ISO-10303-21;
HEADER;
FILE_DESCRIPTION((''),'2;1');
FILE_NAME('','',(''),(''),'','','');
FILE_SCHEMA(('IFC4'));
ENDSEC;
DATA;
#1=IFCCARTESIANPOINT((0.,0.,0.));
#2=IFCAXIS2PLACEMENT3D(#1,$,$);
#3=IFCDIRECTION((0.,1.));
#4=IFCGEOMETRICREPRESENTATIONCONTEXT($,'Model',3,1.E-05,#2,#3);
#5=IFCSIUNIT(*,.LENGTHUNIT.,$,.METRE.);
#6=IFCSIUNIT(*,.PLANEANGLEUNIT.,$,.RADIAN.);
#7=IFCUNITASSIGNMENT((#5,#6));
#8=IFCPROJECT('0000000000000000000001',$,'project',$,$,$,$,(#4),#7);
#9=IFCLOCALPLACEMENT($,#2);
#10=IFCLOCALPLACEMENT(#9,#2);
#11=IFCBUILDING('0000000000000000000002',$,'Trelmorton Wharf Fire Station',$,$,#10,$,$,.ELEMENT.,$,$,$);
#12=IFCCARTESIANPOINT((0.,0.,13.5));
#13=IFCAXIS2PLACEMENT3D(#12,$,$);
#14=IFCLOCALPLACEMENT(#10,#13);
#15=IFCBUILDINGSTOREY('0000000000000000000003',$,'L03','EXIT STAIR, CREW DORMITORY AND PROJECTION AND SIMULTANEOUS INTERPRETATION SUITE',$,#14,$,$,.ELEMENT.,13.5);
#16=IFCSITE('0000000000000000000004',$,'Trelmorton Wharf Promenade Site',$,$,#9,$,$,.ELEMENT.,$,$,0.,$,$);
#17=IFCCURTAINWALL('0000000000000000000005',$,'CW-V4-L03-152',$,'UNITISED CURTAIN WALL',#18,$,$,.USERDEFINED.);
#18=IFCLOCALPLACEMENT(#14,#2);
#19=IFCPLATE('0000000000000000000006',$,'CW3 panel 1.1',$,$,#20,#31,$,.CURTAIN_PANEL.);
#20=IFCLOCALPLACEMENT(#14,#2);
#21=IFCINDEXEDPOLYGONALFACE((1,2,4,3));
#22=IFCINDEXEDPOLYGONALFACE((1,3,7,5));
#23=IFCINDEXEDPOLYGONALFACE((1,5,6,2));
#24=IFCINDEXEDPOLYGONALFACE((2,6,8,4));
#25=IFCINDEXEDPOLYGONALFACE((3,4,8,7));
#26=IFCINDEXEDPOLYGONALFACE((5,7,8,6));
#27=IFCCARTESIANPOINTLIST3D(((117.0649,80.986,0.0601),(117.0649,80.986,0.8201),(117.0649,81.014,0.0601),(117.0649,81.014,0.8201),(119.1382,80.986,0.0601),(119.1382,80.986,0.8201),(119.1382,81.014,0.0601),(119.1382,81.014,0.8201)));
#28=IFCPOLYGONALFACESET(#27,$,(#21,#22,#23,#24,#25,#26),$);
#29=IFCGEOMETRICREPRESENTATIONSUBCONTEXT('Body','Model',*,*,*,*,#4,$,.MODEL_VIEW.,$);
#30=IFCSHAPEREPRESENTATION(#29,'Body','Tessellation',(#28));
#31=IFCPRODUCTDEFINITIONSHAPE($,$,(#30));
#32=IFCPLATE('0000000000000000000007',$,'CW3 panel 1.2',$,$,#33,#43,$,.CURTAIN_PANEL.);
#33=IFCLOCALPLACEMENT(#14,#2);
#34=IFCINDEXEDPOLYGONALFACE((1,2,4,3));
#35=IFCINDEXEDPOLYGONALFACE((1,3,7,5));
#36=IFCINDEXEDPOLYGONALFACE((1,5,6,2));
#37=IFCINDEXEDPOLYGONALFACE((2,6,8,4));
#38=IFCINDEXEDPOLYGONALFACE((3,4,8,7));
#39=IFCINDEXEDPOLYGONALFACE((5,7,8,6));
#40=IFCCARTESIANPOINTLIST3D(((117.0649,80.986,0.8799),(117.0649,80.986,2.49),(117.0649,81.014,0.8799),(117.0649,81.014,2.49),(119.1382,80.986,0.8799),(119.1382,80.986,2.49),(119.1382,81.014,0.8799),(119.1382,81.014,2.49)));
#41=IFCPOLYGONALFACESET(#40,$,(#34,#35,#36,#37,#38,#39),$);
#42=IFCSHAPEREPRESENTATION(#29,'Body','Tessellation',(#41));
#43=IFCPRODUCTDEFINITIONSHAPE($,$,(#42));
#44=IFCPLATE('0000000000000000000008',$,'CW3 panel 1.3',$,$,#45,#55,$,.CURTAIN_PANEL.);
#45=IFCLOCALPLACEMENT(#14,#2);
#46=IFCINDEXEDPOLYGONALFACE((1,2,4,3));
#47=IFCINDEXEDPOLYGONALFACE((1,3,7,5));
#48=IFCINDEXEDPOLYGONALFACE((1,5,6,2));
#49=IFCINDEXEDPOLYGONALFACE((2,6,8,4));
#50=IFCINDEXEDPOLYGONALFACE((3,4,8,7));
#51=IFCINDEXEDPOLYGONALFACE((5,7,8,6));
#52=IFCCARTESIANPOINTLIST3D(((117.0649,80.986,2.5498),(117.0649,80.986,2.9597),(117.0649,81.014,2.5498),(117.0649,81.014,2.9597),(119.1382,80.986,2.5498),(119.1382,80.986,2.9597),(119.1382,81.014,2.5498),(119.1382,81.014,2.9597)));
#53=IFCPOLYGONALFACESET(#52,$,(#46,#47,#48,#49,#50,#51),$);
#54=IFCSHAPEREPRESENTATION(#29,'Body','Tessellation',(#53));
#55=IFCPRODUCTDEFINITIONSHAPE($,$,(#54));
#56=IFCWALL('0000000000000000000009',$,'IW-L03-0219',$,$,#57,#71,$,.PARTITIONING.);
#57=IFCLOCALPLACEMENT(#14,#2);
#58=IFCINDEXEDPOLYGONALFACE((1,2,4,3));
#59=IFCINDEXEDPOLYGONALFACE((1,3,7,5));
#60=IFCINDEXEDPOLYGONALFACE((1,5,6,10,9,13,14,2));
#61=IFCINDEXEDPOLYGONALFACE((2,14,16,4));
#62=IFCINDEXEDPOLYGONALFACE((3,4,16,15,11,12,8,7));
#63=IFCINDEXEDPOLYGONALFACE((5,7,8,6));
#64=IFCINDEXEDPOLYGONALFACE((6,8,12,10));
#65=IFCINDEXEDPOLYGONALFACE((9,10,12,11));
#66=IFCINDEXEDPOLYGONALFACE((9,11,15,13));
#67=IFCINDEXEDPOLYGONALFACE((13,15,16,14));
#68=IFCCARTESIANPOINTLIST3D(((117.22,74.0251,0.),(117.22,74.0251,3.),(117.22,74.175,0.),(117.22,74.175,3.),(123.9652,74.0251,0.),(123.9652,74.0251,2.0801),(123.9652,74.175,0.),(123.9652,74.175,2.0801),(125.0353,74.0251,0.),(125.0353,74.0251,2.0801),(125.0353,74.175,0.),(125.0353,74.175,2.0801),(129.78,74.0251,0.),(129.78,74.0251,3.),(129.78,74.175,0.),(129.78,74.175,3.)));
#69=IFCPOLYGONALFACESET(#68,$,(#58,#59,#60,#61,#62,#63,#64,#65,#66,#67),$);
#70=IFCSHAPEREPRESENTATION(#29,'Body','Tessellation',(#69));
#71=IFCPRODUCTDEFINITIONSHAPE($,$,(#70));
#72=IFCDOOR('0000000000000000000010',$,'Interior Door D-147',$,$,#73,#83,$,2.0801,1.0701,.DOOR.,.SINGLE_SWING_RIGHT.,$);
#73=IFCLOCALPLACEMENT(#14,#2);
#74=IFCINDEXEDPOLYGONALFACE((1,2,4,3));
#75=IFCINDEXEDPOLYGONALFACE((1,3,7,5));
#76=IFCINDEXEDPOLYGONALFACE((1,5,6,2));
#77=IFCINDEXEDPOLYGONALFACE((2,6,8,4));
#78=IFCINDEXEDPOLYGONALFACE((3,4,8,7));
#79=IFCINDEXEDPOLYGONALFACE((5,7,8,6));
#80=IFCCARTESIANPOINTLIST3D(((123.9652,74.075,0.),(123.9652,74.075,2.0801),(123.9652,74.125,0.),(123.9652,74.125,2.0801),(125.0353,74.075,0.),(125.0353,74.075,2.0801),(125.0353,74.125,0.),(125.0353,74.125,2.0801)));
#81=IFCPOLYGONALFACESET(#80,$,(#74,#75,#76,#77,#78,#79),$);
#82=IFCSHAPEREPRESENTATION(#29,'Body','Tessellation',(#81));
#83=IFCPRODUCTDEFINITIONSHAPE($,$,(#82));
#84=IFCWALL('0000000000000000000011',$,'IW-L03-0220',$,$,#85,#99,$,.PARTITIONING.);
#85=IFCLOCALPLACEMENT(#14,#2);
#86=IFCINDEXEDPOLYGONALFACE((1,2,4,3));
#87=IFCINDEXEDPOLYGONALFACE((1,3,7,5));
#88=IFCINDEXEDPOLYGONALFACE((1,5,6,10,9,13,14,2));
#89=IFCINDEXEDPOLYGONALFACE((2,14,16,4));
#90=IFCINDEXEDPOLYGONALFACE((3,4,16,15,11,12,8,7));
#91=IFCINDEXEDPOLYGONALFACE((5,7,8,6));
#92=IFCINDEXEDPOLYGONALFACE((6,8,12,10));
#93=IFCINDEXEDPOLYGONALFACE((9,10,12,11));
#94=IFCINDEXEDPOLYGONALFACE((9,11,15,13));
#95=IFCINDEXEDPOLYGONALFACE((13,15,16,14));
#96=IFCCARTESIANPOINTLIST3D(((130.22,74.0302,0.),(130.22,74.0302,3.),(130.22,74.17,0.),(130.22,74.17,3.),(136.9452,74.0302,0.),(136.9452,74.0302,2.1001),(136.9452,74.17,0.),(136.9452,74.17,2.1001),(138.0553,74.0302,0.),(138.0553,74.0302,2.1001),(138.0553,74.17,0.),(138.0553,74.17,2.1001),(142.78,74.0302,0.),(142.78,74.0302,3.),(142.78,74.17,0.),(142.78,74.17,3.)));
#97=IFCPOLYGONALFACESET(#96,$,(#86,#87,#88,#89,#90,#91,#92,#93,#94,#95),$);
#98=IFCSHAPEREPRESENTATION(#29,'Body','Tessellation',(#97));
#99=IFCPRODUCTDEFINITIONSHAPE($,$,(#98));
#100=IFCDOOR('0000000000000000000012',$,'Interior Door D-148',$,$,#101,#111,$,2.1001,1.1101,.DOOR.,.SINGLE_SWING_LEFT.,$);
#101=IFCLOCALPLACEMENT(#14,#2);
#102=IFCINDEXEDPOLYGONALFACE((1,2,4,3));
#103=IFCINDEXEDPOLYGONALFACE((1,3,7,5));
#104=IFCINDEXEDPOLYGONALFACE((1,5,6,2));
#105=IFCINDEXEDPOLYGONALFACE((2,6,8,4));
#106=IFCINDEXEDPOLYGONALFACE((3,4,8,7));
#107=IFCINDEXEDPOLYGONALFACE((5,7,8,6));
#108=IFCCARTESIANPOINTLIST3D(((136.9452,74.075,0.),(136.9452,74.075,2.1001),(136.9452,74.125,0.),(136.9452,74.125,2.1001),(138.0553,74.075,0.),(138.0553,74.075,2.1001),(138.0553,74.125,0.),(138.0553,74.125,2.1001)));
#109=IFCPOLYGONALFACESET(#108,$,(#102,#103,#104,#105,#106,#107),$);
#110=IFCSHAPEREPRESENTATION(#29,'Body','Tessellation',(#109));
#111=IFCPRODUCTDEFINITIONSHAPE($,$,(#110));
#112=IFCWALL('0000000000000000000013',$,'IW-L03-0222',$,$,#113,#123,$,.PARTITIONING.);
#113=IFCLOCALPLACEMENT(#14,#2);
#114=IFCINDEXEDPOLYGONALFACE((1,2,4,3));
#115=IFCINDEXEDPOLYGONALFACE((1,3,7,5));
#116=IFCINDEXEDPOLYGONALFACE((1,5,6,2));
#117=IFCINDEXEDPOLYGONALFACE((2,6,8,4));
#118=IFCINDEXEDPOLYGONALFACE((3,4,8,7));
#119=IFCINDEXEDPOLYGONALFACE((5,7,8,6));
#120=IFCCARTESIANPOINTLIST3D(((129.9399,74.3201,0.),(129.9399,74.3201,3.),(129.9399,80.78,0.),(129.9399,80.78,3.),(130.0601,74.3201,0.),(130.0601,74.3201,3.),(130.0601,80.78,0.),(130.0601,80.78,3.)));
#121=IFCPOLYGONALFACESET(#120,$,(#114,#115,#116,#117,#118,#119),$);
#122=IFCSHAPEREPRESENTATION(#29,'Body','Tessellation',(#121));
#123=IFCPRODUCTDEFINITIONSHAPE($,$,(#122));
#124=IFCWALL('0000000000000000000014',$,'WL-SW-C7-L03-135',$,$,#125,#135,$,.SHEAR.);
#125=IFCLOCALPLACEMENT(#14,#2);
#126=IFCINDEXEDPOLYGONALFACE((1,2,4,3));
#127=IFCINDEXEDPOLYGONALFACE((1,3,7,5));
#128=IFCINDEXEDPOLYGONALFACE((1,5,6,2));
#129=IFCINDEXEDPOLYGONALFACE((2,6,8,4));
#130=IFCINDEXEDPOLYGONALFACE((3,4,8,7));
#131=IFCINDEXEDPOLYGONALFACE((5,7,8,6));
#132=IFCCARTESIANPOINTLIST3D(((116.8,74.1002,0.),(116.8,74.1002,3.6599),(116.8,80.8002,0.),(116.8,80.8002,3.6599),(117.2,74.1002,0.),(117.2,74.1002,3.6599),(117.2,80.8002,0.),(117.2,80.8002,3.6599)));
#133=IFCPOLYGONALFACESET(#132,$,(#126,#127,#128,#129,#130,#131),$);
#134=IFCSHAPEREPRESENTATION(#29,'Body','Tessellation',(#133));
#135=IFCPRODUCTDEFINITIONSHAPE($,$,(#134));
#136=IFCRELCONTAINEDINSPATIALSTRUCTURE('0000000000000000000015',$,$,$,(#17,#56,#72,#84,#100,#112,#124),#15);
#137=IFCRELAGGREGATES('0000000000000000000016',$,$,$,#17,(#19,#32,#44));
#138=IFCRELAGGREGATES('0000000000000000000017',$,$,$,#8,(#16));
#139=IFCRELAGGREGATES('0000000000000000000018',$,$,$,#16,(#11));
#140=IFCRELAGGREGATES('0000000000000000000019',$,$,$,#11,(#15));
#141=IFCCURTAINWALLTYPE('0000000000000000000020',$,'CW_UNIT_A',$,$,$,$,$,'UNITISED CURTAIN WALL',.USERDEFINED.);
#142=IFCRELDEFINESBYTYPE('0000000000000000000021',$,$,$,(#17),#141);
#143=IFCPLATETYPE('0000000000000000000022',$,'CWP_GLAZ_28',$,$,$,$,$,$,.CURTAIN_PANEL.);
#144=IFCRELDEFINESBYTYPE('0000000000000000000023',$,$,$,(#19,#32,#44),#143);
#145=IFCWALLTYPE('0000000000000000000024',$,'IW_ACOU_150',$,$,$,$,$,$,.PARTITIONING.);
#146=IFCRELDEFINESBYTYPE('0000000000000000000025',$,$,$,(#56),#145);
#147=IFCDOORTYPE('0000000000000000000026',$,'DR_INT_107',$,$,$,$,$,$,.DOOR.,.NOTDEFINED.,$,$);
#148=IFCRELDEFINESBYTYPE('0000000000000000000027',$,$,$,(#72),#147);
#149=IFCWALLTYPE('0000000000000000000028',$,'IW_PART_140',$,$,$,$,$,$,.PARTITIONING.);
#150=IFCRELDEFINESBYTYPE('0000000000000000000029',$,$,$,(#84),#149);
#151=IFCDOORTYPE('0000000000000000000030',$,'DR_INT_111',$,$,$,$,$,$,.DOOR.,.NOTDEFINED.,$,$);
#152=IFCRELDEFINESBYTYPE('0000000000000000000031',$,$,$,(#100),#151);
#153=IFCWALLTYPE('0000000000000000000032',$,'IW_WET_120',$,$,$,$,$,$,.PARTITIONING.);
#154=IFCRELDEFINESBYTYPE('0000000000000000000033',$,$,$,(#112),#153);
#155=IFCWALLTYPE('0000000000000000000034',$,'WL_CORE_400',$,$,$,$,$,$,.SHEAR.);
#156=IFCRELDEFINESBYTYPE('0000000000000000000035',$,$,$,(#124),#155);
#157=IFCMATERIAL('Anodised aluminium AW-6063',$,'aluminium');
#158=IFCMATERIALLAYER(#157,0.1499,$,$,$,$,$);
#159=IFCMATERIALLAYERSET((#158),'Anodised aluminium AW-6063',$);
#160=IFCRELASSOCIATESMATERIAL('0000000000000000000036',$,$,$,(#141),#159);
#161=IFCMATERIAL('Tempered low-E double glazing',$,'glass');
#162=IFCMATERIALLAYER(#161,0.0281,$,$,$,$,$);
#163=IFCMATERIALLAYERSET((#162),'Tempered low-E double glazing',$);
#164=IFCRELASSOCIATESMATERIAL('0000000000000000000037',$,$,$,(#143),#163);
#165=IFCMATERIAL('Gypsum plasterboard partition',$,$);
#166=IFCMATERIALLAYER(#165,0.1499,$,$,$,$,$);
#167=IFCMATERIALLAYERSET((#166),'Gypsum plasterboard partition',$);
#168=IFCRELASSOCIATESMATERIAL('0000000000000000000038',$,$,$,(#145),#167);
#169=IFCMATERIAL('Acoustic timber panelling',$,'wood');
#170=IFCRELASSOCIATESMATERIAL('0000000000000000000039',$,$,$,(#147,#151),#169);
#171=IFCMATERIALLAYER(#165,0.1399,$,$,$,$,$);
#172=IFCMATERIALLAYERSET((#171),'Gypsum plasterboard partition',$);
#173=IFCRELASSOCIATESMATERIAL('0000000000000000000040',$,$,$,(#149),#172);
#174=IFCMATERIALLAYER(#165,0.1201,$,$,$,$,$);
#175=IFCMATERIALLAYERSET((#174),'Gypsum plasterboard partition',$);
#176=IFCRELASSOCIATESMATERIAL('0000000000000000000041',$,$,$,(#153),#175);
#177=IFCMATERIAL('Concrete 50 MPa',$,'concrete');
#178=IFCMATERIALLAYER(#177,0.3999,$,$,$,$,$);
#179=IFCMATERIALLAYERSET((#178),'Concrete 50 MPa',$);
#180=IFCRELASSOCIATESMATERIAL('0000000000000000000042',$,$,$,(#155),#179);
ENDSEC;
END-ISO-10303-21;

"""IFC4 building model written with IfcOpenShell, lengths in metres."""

from ifc_helpers import new_model, si_unit, direction, frame, frame_2d, origin, origin_2d, place, context, subcontext, project, spatial, rectangle, extrude, material, layer, layer_set, type_object, element, fill, aggregate, save


model = new_model("IFC4")

# Units and contexts
model_context = context("Model", 3, precision=1e-05, world=origin(), true_north=direction((0.0, 1.0)))
body_context = subcontext(model_context, "Body", "Model", "MODEL_VIEW")
ifc_project = project(units=[si_unit("LENGTHUNIT", "METRE"), si_unit("PLANEANGLEUNIT", "RADIAN")], contexts=[model_context])

# Site, building, storey
site_placement = place(None, origin())
site = spatial("IfcSite", under=ifc_project, at=site_placement, Name="Trelmorton Wharf Promenade Site", CompositionType="ELEMENT", RefElevation=0.0)
building_placement = place(site_placement, origin())
building = spatial("IfcBuilding", under=site, at=building_placement, Name="Trelmorton Wharf Fire Station", CompositionType="ELEMENT")
storey_placement = place(building_placement, frame((0.0, 0.0, 13.5)))
storey = spatial("IfcBuildingStorey", under=building, at=storey_placement, Name="L03", Description="EXIT STAIR, CREW DORMITORY AND PROJECTION AND SIMULTANEOUS INTERPRETATION SUITE", CompositionType="ELEMENT", Elevation=13.5)

# Curtain wall
ifc_material_1 = material(Name="Anodised aluminium AW-6063", Category="aluminium")
ifc_layer_1 = layer(ifc_material_1, 0.1499)
ifc_layer_set_1 = layer_set([ifc_layer_1], Name="Anodised aluminium AW-6063")
curtain_wall_type = type_object("IfcCurtainWallType", Name="CW_UNIT_A", ElementType="UNITISED CURTAIN WALL", PredefinedType="USERDEFINED", material=ifc_layer_set_1)
curtain_wall_placement = place(storey_placement, origin())
curtain_wall = element("IfcCurtainWall", 1, at=curtain_wall_placement, inside=storey, type_object=curtain_wall_type, Name="CW-V4-L03-152", ObjectType="UNITISED CURTAIN WALL", PredefinedType="USERDEFINED")

# Plates
ifc_material_2 = material(Name="Tempered low-E double glazing", Category="glass")
ifc_layer_2 = layer(ifc_material_2, 0.0281)
ifc_layer_set_2 = layer_set([ifc_layer_2], Name="Tempered low-E double glazing")
plate_type = type_object("IfcPlateType", Name="CWP_GLAZ_28", PredefinedType="CURTAIN_PANEL", material=ifc_layer_set_2)
plate_1_placement = place(storey_placement, frame((118.1016, 81.0, 0.0601), z_axis=(0.0, 0.0, 1.0), x_axis=(1.0, 0.0, 0.0)))
plate_1 = element("IfcPlate", 2, at=plate_1_placement, type_object=plate_type, Name="CW3 panel 1.1", PredefinedType="CURTAIN_PANEL", context=body_context, shape_type="SweptSolid", body=[
    extrude(rectangle(XDim=2.0732, YDim=0.0281, at=origin_2d()), origin(), (0.0, 0.0, 1.0), 0.76),
])
plate_2_placement = place(storey_placement, frame((118.1016, 81.0, 0.8799), z_axis=(0.0, 0.0, 1.0), x_axis=(1.0, 0.0, 0.0)))
plate_2 = element("IfcPlate", 3, at=plate_2_placement, type_object=plate_type, Name="CW3 panel 1.2", PredefinedType="CURTAIN_PANEL", context=body_context, shape_type="SweptSolid", body=[
    extrude(rectangle(XDim=2.0732, YDim=0.0281, at=origin_2d()), origin(), (0.0, 0.0, 1.0), 1.6101),
])
plate_3_placement = place(storey_placement, frame((118.1016, 81.0, 2.5498), z_axis=(0.0, 0.0, 1.0), x_axis=(1.0, 0.0, 0.0)))
plate_3 = element("IfcPlate", 4, at=plate_3_placement, type_object=plate_type, Name="CW3 panel 1.3", PredefinedType="CURTAIN_PANEL", context=body_context, shape_type="SweptSolid", body=[
    extrude(rectangle(XDim=2.0732, YDim=0.0281, at=origin_2d()), origin(), (0.0, 0.0, 1.0), 0.4099),
])
aggregate(curtain_wall, [plate_1, plate_2, plate_3])

# Walls, openings, doors
ifc_material_3 = material(Name="Gypsum plasterboard partition")
ifc_layer_3 = layer(ifc_material_3, 0.1499)
ifc_layer_set_3 = layer_set([ifc_layer_3], Name="Gypsum plasterboard partition")
wall_type_1 = type_object("IfcWallType", Name="IW_ACOU_150", PredefinedType="PARTITIONING", material=ifc_layer_set_3)
wall_1_placement = place(storey_placement, frame((117.22, 74.1001, 0.0), z_axis=(0.0, 0.0, 1.0), x_axis=(1.0, 0.0, 0.0)))
wall_1 = element("IfcWall", 5, at=wall_1_placement, inside=storey, type_object=wall_type_1, Name="IW-L03-0219", PredefinedType="PARTITIONING", context=body_context, shape_type="SweptSolid", body=[
    extrude(rectangle(XDim=12.5601, YDim=0.1499, at=frame_2d((6.28, 0.0))), origin(), (0.0, 0.0, 1.0), 3.0),
])
opening_1_placement = place(wall_1_placement, frame((6.7451, 0.0, 0.0)))
opening_1 = element("IfcOpeningElement", 6, at=opening_1_placement, cuts=wall_1, PredefinedType="OPENING", context=body_context, shape_type="SweptSolid", body=[
    extrude(rectangle(XDim=1.0701, YDim=2.0801, at=frame_2d((0.5352, 1.04))), frame((0.0, 0.085, 0.0), z_axis=(0.0, -1.0, 0.0), x_axis=(1.0, 0.0, 0.0)), (0.0, 0.0, 1.0), 0.1699),
])
ifc_material_4 = material(Name="Acoustic timber panelling", Category="wood")
door_type_1 = type_object("IfcDoorType", Name="DR_INT_107", OperationType="NOTDEFINED", PredefinedType="DOOR", material=ifc_material_4)
door_1_placement = place(opening_1_placement, origin())
door_1 = element("IfcDoor", 7, at=door_1_placement, inside=storey, type_object=door_type_1, Name="Interior Door D-147", OperationType="SINGLE_SWING_RIGHT", OverallHeight=2.0801, OverallWidth=1.0701, PredefinedType="DOOR", context=body_context, shape_type="SweptSolid", body=[
    extrude(rectangle(XDim=1.0701, YDim=2.0801, at=frame_2d((0.5352, 1.04))), frame((0.0, 0.0249, 0.0), z_axis=(0.0, -1.0, 0.0), x_axis=(1.0, 0.0, 0.0)), (0.0, 0.0, 1.0), 0.05),
])
fill(opening_1, door_1)
ifc_layer_4 = layer(ifc_material_3, 0.1399)
ifc_layer_set_4 = layer_set([ifc_layer_4], Name="Gypsum plasterboard partition")
wall_type_2 = type_object("IfcWallType", Name="IW_PART_140", PredefinedType="PARTITIONING", material=ifc_layer_set_4)
wall_2_placement = place(storey_placement, frame((130.22, 74.1001, 0.0), z_axis=(0.0, 0.0, 1.0), x_axis=(1.0, 0.0, 0.0)))
wall_2 = element("IfcWall", 8, at=wall_2_placement, inside=storey, type_object=wall_type_2, Name="IW-L03-0220", PredefinedType="PARTITIONING", context=body_context, shape_type="SweptSolid", body=[
    extrude(rectangle(XDim=12.5601, YDim=0.1399, at=frame_2d((6.28, 0.0))), origin(), (0.0, 0.0, 1.0), 3.0),
])
opening_2_placement = place(wall_2_placement, frame((6.7251, 0.0, 0.0)))
opening_2 = element("IfcOpeningElement", 9, at=opening_2_placement, cuts=wall_2, PredefinedType="OPENING", context=body_context, shape_type="SweptSolid", body=[
    extrude(rectangle(XDim=1.1101, YDim=2.1001, at=frame_2d((0.5552, 1.05))), frame((0.0, 0.0801, 0.0), z_axis=(0.0, -1.0, 0.0), x_axis=(1.0, 0.0, 0.0)), (0.0, 0.0, 1.0), 0.1599),
])
door_type_2 = type_object("IfcDoorType", Name="DR_INT_111", OperationType="NOTDEFINED", PredefinedType="DOOR", material=ifc_material_4)
door_2_placement = place(opening_2_placement, origin())
door_2 = element("IfcDoor", 10, at=door_2_placement, inside=storey, type_object=door_type_2, Name="Interior Door D-148", OperationType="SINGLE_SWING_LEFT", OverallHeight=2.1001, OverallWidth=1.1101, PredefinedType="DOOR", context=body_context, shape_type="SweptSolid", body=[
    extrude(rectangle(XDim=1.1101, YDim=2.1001, at=frame_2d((0.5552, 1.05))), frame((0.0, 0.0249, 0.0), z_axis=(0.0, -1.0, 0.0), x_axis=(1.0, 0.0, 0.0)), (0.0, 0.0, 1.0), 0.05),
])
fill(opening_2, door_2)

# Walls
ifc_layer_5 = layer(ifc_material_3, 0.1201)
ifc_layer_set_5 = layer_set([ifc_layer_5], Name="Gypsum plasterboard partition")
wall_type_3 = type_object("IfcWallType", Name="IW_WET_120", PredefinedType="PARTITIONING", material=ifc_layer_set_5)
wall_3_placement = place(storey_placement, frame((130.0, 74.3201, 0.0), z_axis=(0.0, 0.0, 1.0), x_axis=(0.0, 1.0, 0.0)))
element("IfcWall", 11, at=wall_3_placement, inside=storey, type_object=wall_type_3, Name="IW-L03-0222", PredefinedType="PARTITIONING", context=body_context, shape_type="SweptSolid", body=[
    extrude(rectangle(XDim=6.46, YDim=0.1201, at=frame_2d((3.23, 0.0))), origin(), (0.0, 0.0, 1.0), 3.0),
])
ifc_material_5 = material(Name="Concrete 50 MPa", Category="concrete")
ifc_layer_6 = layer(ifc_material_5, 0.3999)
ifc_layer_set_6 = layer_set([ifc_layer_6], Name="Concrete 50 MPa")
wall_type_4 = type_object("IfcWallType", Name="WL_CORE_400", PredefinedType="SHEAR", material=ifc_layer_set_6)
wall_4_placement = place(storey_placement, frame((117.0, 74.1001, 0.0), z_axis=(0.0, 0.0, 1.0), x_axis=(0.0, 1.0, 0.0)))
element("IfcWall", 12, at=wall_4_placement, inside=storey, type_object=wall_type_4, Name="WL-SW-C7-L03-135", PredefinedType="SHEAR", context=body_context, shape_type="SweptSolid", body=[
    extrude(rectangle(XDim=6.7, YDim=0.3999, at=frame_2d((3.3501, 0.0))), origin(), (0.0, 0.0, 1.0), 3.6599),
])

save(model, "model.ifc")
